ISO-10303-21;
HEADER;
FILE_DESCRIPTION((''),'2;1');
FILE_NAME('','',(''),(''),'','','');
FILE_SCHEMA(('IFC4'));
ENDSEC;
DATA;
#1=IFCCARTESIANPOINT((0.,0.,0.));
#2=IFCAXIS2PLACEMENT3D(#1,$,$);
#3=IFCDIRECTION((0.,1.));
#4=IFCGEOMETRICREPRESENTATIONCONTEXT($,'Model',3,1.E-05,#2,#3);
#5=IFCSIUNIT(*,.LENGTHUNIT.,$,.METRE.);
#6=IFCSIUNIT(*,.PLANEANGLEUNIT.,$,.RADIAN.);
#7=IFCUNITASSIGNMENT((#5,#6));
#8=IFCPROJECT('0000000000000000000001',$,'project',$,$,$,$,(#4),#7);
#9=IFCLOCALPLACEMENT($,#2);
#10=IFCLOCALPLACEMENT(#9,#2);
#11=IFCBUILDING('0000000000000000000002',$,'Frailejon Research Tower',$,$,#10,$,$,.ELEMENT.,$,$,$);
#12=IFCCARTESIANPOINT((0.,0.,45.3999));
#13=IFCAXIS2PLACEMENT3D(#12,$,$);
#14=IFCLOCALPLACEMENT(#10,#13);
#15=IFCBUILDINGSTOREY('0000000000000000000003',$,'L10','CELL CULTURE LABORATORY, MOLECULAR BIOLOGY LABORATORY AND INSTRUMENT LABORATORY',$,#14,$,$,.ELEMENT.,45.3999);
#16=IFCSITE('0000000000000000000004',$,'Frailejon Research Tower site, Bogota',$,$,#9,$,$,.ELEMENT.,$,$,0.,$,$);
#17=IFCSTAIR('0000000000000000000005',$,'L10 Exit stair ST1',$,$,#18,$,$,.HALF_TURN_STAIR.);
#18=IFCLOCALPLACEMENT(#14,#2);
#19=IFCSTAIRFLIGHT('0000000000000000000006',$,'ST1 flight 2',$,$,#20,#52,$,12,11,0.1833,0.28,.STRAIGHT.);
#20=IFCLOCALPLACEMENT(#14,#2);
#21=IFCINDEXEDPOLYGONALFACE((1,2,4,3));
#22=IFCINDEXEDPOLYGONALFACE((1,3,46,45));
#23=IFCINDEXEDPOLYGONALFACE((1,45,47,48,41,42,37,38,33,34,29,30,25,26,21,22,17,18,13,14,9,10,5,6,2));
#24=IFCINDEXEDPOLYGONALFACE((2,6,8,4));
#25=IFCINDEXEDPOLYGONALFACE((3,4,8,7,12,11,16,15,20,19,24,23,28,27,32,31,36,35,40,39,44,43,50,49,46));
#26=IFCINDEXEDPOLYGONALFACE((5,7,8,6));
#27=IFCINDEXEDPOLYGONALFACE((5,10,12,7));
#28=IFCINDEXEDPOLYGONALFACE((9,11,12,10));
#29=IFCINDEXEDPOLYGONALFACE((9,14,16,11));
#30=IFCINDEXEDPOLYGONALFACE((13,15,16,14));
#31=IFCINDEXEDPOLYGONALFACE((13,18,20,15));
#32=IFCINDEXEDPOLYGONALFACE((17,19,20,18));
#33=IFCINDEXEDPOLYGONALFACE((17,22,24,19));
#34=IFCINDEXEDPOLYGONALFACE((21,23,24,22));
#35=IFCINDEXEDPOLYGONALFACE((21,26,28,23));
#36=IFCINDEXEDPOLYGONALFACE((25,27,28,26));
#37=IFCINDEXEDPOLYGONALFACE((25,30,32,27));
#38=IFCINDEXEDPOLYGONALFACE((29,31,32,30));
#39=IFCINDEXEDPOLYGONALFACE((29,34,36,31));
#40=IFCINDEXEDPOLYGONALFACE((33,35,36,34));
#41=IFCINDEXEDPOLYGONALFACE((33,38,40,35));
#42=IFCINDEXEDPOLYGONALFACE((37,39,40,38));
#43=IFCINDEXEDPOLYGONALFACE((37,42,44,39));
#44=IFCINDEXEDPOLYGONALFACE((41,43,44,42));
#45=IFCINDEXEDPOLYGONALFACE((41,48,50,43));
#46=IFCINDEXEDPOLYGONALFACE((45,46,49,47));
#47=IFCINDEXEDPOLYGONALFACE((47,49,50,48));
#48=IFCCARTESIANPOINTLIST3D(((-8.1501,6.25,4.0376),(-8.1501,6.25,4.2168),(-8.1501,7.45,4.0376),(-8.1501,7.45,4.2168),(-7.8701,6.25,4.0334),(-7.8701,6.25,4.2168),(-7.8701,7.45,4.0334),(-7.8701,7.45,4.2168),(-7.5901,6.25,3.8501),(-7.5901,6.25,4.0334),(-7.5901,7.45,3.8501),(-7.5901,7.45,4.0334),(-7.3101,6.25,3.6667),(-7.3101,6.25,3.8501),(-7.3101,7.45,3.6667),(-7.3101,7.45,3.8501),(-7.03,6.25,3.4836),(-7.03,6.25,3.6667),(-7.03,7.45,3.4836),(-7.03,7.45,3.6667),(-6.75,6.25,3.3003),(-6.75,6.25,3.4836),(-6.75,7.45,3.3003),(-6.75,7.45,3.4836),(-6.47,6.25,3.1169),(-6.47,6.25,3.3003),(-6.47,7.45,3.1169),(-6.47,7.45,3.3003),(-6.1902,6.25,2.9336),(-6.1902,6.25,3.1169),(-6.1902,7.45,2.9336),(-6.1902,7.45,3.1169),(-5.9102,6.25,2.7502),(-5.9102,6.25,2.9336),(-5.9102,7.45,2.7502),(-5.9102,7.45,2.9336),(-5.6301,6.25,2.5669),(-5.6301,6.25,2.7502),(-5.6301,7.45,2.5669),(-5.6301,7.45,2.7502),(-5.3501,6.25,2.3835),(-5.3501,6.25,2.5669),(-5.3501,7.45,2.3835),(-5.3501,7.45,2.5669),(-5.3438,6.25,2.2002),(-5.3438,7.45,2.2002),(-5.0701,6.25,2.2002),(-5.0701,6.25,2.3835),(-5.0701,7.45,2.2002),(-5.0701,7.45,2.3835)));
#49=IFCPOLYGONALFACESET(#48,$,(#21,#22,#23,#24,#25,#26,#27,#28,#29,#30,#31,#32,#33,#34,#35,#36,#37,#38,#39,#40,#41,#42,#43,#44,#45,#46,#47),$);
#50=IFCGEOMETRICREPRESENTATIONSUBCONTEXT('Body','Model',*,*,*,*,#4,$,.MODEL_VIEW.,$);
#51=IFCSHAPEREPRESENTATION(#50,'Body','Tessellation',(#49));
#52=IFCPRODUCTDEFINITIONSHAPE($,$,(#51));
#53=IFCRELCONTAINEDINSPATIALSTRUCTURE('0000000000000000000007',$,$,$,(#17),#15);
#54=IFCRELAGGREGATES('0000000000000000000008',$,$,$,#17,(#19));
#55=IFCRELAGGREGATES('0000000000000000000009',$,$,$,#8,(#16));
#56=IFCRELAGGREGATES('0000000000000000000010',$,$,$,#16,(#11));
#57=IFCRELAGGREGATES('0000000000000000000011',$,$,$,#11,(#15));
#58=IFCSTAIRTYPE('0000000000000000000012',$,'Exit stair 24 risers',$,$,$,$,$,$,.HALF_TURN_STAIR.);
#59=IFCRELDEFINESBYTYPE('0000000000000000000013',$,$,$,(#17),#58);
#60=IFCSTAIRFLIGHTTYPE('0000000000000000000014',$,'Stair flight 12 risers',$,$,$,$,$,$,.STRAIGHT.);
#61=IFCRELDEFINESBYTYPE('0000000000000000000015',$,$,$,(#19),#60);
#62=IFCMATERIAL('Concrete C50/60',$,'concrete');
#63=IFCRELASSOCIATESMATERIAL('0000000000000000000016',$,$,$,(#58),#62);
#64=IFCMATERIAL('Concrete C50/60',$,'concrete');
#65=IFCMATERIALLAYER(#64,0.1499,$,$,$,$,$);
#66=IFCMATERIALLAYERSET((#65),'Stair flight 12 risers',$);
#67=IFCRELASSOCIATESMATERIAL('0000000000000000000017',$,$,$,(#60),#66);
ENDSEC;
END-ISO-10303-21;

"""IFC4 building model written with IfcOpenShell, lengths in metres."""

from ifc_helpers import new_model, si_unit, direction, frame, origin, place, context, subcontext, project, spatial, polyline, outline, extrude, material, layer, layer_set, type_object, element, aggregate, save


model = new_model("IFC4")

# Units and contexts
model_context = context("Model", 3, precision=1e-05, world=origin(), true_north=direction((0.0, 1.0)))
body_context = subcontext(model_context, "Body", "Model", "MODEL_VIEW")
ifc_project = project(units=[si_unit("LENGTHUNIT", "METRE"), si_unit("PLANEANGLEUNIT", "RADIAN")], contexts=[model_context])

# Site, building, storey
site_placement = place(None, origin())
site = spatial("IfcSite", under=ifc_project, at=site_placement, Name="Frailejon Research Tower site, Bogota", CompositionType="ELEMENT", RefElevation=0.0)
building_placement = place(site_placement, origin())
building = spatial("IfcBuilding", under=site, at=building_placement, Name="Frailejon Research Tower", CompositionType="ELEMENT")
storey_placement = place(building_placement, frame((0.0, 0.0, 45.3999)))
storey = spatial("IfcBuildingStorey", under=building, at=storey_placement, Name="L10", Description="CELL CULTURE LABORATORY, MOLECULAR BIOLOGY LABORATORY AND INSTRUMENT LABORATORY", CompositionType="ELEMENT", Elevation=45.3999)

# Stair, stair flight
ifc_material_1 = material(Name="Concrete C50/60", Category="concrete")
stair_type = type_object("IfcStairType", Name="Exit stair 24 risers", PredefinedType="HALF_TURN_STAIR", material=ifc_material_1)
stair_placement = place(storey_placement, origin())
stair = element("IfcStair", 1, at=stair_placement, inside=storey, type_object=stair_type, Name="L10 Exit stair ST1", PredefinedType="HALF_TURN_STAIR")
ifc_material_2 = material(Name="Concrete C50/60", Category="concrete")
ifc_layer_1 = layer(ifc_material_2, 0.1499)
ifc_layer_set_1 = layer_set([ifc_layer_1], Name="Stair flight 12 risers")
stair_flight_type = type_object("IfcStairFlightType", Name="Stair flight 12 risers", PredefinedType="STRAIGHT", material=ifc_layer_set_1)
stair_flight_1_placement = place(storey_placement, frame((-5.0701, 6.8501, 2.2002), z_axis=(0.0, 0.0, 1.0), x_axis=(-1.0, 0.0, 0.0)))
stair_flight_1 = element("IfcStairFlight", 2, at=stair_flight_1_placement, type_object=stair_flight_type, Name="ST1 flight 2", NumberOfRisers=12, NumberOfTreads=11, PredefinedType="STRAIGHT", RiserHeight=0.1833, TreadLength=0.28, context=body_context, shape_type="SweptSolid", body=[
    extrude(outline(polyline([(0.0, 0.0), (0.0, 0.1833), (0.28, 0.1833), (0.28, 0.3667), (0.5601, 0.3667), (0.5601, 0.55), (0.8401, 0.55), (0.8401, 0.7334), (1.1201, 0.7334), (1.1201, 0.9167), (1.3999, 0.9167), (1.3999, 1.1001), (1.6799, 1.1001), (1.6799, 1.2834), (1.96, 1.2834), (1.96, 1.4666), (2.24, 1.4666), (2.24, 1.6499), (2.52, 1.6499), (2.52, 1.8333), (2.8, 1.8333), (2.8, 2.0166), (3.0801, 2.0166), (3.0801, 2.2), (3.0801, 1.8374), (0.2737, 0.0), (0.0, 0.0)])), frame((0.0, 0.6001, 0.0), z_axis=(0.0, -1.0, 0.0), x_axis=(1.0, 0.0, 0.0)), (0.0, 0.0, 1.0), 1.2),
])
aggregate(stair, [stair_flight_1])

save(model, "model.ifc")
